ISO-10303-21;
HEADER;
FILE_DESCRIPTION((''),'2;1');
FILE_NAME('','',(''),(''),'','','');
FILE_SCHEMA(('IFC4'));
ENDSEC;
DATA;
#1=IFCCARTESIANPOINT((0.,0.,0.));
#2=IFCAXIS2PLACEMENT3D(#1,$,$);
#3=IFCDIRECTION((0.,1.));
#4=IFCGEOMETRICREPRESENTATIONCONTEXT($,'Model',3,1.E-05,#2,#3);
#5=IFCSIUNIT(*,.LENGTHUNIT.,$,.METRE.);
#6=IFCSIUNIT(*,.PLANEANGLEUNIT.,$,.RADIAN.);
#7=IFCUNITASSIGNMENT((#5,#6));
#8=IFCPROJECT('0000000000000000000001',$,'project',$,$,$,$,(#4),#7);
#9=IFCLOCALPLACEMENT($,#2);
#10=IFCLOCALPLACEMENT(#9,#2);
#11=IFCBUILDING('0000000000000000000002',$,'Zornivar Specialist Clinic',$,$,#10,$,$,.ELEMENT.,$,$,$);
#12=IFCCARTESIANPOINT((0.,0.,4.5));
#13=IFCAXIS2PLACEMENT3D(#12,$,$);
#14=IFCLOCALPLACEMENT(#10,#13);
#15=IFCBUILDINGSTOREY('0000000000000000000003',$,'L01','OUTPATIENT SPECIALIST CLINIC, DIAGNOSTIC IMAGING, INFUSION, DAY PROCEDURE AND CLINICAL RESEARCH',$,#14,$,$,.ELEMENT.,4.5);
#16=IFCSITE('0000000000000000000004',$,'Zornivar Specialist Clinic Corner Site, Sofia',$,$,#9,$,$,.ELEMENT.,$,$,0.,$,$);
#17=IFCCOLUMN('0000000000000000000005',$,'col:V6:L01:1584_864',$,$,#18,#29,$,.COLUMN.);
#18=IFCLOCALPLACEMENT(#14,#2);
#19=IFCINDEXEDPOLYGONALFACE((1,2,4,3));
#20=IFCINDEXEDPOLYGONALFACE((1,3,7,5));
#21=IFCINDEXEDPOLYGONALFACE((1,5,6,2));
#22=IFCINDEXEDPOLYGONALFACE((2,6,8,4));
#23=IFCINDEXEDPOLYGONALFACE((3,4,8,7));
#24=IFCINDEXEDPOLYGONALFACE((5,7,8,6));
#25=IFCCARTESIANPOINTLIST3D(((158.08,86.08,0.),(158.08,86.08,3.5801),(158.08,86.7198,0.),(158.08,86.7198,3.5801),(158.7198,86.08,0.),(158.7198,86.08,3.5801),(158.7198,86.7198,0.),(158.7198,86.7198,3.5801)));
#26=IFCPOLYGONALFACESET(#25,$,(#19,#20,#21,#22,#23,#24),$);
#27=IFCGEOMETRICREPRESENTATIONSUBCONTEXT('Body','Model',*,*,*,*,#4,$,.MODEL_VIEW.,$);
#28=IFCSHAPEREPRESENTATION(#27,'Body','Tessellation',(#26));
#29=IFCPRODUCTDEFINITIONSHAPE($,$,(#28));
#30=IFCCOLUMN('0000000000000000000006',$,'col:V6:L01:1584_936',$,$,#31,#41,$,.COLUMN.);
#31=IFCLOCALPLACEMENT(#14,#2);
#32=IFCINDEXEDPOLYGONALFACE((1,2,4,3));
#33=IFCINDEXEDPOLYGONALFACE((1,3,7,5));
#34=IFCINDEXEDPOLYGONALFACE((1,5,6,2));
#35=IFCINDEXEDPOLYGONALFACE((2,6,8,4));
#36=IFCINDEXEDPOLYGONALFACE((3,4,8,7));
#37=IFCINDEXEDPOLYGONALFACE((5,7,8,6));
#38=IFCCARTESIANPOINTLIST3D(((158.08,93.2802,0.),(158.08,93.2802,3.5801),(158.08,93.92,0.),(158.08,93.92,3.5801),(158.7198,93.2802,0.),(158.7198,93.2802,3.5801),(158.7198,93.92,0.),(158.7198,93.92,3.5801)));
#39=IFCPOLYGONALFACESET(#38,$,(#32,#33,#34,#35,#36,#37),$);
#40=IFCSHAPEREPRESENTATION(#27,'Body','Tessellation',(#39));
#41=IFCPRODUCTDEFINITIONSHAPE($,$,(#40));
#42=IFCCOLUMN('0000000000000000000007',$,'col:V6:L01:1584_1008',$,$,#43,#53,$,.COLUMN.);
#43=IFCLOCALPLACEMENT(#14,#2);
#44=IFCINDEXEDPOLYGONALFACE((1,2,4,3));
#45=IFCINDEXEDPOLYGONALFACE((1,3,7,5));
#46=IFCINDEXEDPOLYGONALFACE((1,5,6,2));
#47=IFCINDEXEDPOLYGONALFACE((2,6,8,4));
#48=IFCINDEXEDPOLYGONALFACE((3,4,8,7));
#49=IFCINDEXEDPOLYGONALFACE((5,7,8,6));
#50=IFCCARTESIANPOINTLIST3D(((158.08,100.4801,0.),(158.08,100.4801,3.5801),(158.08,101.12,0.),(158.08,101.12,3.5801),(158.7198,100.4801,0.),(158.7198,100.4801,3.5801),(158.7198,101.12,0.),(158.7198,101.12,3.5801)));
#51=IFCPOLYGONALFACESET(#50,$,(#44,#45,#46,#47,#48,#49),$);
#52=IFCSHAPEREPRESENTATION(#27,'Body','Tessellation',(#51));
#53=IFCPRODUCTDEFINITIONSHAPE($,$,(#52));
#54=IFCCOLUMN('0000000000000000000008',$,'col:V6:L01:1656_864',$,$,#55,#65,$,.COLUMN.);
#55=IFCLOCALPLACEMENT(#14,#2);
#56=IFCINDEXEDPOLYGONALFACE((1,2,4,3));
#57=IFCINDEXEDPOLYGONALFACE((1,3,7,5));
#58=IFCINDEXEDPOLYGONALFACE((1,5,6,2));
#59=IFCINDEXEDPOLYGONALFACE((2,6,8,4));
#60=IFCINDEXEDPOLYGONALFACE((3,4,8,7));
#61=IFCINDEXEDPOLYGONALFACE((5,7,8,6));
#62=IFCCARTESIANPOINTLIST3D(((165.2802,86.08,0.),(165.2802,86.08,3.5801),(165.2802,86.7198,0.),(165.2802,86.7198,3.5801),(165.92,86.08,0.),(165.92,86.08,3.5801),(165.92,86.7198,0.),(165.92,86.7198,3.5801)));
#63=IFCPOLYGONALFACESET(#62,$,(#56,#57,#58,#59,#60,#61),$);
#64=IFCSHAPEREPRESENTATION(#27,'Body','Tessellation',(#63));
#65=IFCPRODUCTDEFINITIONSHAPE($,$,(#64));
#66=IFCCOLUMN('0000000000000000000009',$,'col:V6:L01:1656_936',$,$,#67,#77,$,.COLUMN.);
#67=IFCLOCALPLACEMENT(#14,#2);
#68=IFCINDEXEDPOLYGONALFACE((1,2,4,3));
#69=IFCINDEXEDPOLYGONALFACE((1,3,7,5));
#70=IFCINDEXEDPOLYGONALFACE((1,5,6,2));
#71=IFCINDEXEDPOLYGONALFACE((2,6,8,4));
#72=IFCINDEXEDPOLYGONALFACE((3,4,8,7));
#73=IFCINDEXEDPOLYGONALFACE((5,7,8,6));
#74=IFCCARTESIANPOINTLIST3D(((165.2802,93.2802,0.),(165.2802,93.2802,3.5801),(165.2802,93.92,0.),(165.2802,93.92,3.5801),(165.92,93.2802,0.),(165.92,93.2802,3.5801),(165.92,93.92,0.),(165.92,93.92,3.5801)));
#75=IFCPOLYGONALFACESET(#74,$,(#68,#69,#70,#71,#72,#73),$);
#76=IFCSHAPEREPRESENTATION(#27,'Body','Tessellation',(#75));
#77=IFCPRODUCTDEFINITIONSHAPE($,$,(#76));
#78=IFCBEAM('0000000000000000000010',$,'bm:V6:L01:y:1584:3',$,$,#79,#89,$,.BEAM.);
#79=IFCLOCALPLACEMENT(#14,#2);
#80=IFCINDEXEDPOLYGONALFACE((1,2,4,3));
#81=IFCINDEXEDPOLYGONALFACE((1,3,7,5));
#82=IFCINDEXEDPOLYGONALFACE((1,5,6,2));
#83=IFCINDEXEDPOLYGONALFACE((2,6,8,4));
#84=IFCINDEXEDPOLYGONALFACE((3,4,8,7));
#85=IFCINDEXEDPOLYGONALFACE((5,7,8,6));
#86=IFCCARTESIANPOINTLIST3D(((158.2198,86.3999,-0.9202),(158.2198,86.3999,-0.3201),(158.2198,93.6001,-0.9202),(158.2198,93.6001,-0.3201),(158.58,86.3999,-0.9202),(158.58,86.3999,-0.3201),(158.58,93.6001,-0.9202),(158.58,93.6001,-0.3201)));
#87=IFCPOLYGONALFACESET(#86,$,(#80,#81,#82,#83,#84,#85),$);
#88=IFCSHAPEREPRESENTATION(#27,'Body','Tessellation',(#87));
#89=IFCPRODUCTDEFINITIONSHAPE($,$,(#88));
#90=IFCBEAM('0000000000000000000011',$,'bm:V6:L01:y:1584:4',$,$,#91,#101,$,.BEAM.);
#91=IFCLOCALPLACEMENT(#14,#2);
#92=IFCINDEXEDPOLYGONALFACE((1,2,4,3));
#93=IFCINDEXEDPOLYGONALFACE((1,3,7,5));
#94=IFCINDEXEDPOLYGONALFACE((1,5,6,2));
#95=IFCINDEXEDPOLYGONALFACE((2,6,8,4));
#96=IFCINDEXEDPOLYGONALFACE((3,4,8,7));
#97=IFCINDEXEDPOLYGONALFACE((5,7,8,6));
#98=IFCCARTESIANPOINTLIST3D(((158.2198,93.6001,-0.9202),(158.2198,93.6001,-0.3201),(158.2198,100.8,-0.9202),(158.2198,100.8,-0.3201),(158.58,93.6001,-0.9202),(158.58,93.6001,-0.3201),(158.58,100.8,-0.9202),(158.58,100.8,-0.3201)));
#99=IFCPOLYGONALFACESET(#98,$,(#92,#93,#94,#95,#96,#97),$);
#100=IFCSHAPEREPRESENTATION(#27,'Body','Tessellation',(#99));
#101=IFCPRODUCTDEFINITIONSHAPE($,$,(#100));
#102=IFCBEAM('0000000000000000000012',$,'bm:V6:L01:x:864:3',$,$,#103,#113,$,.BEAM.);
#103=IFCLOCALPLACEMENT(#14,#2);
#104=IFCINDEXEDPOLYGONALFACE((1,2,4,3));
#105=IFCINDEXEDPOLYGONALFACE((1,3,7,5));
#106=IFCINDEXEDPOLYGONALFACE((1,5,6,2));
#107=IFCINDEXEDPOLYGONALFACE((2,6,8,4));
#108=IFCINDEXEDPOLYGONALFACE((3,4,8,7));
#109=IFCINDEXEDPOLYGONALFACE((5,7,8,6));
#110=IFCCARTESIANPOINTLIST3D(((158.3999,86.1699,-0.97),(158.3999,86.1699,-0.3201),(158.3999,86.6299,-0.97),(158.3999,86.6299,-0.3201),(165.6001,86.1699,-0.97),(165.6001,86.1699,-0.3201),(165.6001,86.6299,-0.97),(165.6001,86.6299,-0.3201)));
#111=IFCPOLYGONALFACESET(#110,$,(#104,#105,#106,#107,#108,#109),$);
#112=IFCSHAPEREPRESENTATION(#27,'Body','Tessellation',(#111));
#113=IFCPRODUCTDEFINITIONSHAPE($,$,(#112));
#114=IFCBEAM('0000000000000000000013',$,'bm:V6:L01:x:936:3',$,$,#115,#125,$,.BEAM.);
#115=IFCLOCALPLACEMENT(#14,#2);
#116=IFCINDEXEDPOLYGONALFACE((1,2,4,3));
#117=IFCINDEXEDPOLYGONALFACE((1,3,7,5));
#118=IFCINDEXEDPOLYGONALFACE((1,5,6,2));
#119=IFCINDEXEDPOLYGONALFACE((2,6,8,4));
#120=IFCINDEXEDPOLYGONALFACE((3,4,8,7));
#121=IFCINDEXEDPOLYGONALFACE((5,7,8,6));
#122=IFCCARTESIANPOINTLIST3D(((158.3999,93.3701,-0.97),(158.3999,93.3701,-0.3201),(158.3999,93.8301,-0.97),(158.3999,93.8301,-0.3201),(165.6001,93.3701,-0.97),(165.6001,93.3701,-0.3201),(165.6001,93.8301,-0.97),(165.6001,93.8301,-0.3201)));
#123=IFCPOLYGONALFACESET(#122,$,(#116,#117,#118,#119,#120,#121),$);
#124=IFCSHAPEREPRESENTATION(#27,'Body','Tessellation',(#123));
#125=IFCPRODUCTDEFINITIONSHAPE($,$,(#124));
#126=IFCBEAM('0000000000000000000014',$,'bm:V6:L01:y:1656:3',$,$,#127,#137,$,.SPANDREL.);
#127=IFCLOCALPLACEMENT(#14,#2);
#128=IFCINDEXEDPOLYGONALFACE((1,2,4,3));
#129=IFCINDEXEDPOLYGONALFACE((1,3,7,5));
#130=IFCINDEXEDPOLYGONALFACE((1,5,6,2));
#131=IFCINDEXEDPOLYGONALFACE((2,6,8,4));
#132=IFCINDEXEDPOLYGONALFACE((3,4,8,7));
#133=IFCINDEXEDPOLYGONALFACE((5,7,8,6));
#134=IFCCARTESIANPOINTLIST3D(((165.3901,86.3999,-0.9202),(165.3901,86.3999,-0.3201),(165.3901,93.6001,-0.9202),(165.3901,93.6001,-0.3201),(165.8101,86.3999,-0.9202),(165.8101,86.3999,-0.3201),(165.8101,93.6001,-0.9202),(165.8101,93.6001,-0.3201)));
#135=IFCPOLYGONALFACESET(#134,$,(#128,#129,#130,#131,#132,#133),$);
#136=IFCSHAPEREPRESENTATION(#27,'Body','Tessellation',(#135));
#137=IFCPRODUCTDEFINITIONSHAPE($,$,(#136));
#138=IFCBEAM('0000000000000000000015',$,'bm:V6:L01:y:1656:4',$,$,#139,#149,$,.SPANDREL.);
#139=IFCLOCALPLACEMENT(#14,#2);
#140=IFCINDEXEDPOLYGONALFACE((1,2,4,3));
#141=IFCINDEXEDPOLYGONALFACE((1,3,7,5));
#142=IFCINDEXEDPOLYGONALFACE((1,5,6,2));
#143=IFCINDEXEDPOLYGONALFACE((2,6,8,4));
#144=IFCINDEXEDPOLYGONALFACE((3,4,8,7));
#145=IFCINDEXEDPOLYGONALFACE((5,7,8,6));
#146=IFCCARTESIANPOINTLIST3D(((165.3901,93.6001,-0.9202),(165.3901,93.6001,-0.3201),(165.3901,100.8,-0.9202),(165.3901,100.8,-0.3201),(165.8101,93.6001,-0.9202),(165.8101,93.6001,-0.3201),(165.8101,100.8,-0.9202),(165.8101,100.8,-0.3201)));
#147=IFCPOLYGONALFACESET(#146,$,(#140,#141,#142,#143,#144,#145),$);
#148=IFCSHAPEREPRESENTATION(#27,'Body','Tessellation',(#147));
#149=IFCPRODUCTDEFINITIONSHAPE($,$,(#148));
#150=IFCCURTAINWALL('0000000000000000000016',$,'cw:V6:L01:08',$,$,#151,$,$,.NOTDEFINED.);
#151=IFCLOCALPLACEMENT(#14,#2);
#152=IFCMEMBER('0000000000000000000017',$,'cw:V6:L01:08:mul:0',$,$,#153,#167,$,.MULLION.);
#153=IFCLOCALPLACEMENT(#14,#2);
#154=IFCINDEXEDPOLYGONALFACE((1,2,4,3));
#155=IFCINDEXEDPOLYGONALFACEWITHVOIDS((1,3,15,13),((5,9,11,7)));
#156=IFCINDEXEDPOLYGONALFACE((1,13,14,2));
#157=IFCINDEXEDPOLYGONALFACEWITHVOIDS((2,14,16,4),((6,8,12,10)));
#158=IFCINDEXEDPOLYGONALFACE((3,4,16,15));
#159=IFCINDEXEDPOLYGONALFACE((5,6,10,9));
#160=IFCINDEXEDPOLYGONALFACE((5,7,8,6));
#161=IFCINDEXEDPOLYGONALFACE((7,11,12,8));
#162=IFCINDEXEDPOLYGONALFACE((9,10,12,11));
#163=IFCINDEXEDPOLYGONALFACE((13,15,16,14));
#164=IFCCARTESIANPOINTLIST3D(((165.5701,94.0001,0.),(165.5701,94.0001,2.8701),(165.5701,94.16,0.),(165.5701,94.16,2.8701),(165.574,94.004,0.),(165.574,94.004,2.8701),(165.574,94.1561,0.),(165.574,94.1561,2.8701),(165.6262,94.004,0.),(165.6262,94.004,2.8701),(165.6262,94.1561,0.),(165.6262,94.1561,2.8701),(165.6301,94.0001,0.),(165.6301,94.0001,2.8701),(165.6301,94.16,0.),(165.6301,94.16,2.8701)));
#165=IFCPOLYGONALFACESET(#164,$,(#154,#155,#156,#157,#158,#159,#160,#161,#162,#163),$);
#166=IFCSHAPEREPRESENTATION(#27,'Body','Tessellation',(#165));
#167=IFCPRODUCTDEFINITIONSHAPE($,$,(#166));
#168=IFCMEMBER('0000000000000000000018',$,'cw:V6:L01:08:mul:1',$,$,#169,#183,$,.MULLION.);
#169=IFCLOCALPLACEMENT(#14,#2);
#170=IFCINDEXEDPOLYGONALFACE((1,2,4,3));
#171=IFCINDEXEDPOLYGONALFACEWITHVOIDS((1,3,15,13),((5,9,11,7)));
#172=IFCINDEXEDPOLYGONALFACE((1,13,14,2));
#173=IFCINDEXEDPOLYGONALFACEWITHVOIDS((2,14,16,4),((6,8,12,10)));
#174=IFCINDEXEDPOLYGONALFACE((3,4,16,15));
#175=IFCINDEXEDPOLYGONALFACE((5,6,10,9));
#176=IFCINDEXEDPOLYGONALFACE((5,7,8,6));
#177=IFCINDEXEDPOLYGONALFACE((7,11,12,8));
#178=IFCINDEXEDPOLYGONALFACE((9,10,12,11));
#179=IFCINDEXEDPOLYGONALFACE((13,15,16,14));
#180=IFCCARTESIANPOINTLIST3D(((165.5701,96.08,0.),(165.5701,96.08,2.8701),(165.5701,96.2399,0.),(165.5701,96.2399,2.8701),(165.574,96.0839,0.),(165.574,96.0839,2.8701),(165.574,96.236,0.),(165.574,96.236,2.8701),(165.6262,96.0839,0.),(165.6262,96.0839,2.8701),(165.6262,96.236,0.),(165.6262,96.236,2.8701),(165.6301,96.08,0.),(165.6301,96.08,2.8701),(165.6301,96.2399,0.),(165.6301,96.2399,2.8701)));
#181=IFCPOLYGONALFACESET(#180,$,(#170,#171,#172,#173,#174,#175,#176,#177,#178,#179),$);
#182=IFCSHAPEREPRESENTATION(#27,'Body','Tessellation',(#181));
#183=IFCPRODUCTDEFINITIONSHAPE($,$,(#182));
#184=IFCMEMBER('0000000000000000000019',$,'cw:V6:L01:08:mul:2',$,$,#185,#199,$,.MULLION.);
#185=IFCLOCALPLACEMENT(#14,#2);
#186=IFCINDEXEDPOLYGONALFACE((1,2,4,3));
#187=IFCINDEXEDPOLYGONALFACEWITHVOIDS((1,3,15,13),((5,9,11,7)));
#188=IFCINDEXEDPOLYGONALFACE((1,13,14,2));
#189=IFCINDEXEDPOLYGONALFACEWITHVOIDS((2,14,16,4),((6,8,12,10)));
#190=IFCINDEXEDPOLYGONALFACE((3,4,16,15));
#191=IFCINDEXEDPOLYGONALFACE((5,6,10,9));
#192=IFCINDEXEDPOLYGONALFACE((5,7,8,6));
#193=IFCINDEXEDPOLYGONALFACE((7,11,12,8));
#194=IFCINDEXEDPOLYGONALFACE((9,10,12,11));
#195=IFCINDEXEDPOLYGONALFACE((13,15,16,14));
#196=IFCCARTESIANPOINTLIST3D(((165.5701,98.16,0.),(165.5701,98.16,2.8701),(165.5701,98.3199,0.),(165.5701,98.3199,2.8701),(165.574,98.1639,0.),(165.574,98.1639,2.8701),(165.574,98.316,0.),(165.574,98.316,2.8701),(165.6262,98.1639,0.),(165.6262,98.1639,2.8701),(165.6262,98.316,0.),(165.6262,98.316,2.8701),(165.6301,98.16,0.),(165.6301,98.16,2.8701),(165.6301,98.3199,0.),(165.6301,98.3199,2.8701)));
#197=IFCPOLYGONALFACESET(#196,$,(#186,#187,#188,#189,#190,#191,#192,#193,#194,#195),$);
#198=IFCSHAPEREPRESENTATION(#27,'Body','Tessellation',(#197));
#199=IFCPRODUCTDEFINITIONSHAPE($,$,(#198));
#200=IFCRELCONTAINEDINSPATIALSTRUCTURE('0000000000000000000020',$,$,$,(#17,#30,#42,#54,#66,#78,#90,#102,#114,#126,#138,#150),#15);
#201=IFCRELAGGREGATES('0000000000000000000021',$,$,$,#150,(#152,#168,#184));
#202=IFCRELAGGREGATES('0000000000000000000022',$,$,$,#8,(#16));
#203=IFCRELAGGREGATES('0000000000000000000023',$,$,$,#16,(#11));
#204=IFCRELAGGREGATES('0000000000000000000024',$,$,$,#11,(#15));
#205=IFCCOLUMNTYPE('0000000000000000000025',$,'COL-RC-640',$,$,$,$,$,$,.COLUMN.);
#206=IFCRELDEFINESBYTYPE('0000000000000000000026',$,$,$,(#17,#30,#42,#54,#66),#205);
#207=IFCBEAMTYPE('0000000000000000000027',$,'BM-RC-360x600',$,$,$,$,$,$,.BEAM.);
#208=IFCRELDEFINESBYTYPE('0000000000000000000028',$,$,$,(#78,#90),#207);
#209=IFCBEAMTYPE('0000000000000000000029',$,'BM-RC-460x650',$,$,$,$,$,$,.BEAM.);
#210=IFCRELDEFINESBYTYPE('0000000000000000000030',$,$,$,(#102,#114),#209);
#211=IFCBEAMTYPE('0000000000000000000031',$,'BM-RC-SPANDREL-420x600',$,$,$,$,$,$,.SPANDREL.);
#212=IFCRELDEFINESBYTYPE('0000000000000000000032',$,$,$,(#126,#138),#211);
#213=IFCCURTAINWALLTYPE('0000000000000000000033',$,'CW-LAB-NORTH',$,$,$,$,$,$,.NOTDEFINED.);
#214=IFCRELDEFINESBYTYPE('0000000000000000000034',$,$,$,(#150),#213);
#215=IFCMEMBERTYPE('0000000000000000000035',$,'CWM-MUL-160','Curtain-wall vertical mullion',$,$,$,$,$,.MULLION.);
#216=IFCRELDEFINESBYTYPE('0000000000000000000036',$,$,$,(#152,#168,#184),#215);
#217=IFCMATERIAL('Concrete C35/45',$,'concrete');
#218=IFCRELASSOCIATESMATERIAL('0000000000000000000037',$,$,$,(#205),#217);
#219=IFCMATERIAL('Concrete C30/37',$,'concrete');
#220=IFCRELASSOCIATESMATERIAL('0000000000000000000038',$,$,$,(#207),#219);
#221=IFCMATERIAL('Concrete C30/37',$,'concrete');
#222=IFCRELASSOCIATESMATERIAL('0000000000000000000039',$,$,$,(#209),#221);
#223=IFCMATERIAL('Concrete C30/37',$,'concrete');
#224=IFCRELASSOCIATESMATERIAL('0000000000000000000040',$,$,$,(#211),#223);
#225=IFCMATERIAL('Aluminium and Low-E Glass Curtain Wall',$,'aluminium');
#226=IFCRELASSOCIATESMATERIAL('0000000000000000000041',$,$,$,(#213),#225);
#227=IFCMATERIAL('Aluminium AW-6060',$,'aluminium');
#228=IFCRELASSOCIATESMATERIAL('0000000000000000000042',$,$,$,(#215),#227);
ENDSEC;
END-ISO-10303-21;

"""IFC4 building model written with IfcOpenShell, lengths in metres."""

from ifc_helpers import new_model, si_unit, direction, frame, origin, origin_2d, place, context, subcontext, project, spatial, rectangle, hollow_rectangle, extrude, material, material_profile, profile_set, type_object, element, aggregate, save


model = new_model("IFC4")

# Units and contexts
model_context = context("Model", 3, precision=1e-05, world=origin(), true_north=direction((0.0, 1.0)))
body_context = subcontext(model_context, "Body", "Model", "MODEL_VIEW")
ifc_project = project(units=[si_unit("LENGTHUNIT", "METRE"), si_unit("PLANEANGLEUNIT", "RADIAN")], contexts=[model_context])

# Site, building, storey
site_placement = place(None, origin())
site = spatial("IfcSite", under=ifc_project, at=site_placement, Name="Zornivar Specialist Clinic Corner Site, Sofia", CompositionType="ELEMENT", RefElevation=0.0)
building_placement = place(site_placement, origin())
building = spatial("IfcBuilding", under=site, at=building_placement, Name="Zornivar Specialist Clinic", CompositionType="ELEMENT")
storey_placement = place(building_placement, frame((0.0, 0.0, 4.5)))
storey = spatial("IfcBuildingStorey", under=building, at=storey_placement, Name="L01", Description="OUTPATIENT SPECIALIST CLINIC, DIAGNOSTIC IMAGING, INFUSION, DAY PROCEDURE AND CLINICAL RESEARCH", CompositionType="ELEMENT", Elevation=4.5)

# Columns
ifc_material_1 = material(Name="Concrete C35/45", Category="concrete")
ifc_material_profile_1 = material_profile(ifc_material_1, rectangle(XDim=0.6399, YDim=0.6399, at=origin_2d()), Name="RC 640x640")
ifc_profile_set_1 = profile_set([ifc_material_profile_1], Name="Concrete C35/45")
column_type = type_object("IfcColumnType", Name="COL-RC-640", PredefinedType="COLUMN", material=ifc_profile_set_1)
for number, where, z_axis, x_axis, name in (
    (1, (158.3999, 86.3999, 0.0), (0.0, 0.0, 1.0), (1.0, 0.0, 0.0), "col:V6:L01:1584_864"),
    (2, (158.3999, 93.6001, 0.0), (0.0, 0.0, 1.0), (1.0, 0.0, 0.0), "col:V6:L01:1584_936"),
    (3, (158.3999, 100.8, 0.0), (0.0, 0.0, 1.0), (1.0, 0.0, 0.0), "col:V6:L01:1584_1008"),
    (4, (165.6001, 86.3999, 0.0), (0.0, 0.0, 1.0), (1.0, 0.0, 0.0), "col:V6:L01:1656_864"),
    (5, (165.6001, 93.6001, 0.0), (0.0, 0.0, 1.0), (1.0, 0.0, 0.0), "col:V6:L01:1656_936"),
):
    element("IfcColumn", number, at=place(storey_placement, frame(where, z_axis=z_axis, x_axis=x_axis)), inside=storey, type_object=column_type, Name=name, PredefinedType="COLUMN", context=body_context, shape_type="SweptSolid", body=[
        extrude(rectangle(XDim=0.6399, YDim=0.6399, at=origin_2d()), origin(), (0.0, 0.0, 1.0), 3.5801),
    ])

# Beams
ifc_material_2 = material(Name="Concrete C30/37", Category="concrete")
ifc_material_profile_2 = material_profile(ifc_material_2, rectangle(XDim=0.3601, YDim=0.6001, at=origin_2d()), Name="RC 360x600")
ifc_profile_set_2 = profile_set([ifc_material_profile_2], Name="Concrete C30/37")
beam_type_1 = type_object("IfcBeamType", Name="BM-RC-360x600", PredefinedType="BEAM", material=ifc_profile_set_2)
beam_1_placement = place(storey_placement, frame((158.3999, 86.3999, -0.6201), z_axis=(0.0, 1.0, 0.0), x_axis=(-1.0, 0.0, 0.0)))
element("IfcBeam", 6, at=beam_1_placement, inside=storey, type_object=beam_type_1, Name="bm:V6:L01:y:1584:3", PredefinedType="BEAM", context=body_context, shape_type="SweptSolid", body=[
    extrude(rectangle(XDim=0.3601, YDim=0.6001, at=origin_2d()), origin(), (0.0, 0.0, 1.0), 7.2002),
])
beam_2_placement = place(storey_placement, frame((158.3999, 93.6001, -0.6201), z_axis=(0.0, 1.0, 0.0), x_axis=(-1.0, 0.0, 0.0)))
element("IfcBeam", 7, at=beam_2_placement, inside=storey, type_object=beam_type_1, Name="bm:V6:L01:y:1584:4", PredefinedType="BEAM", context=body_context, shape_type="SweptSolid", body=[
    extrude(rectangle(XDim=0.3601, YDim=0.6001, at=origin_2d()), origin(), (0.0, 0.0, 1.0), 7.2),
])
ifc_material_3 = material(Name="Concrete C30/37", Category="concrete")
ifc_material_profile_3 = material_profile(ifc_material_3, rectangle(XDim=0.46, YDim=0.6499, at=origin_2d()), Name="RC 460x650")
ifc_profile_set_3 = profile_set([ifc_material_profile_3], Name="Concrete C30/37")
beam_type_2 = type_object("IfcBeamType", Name="BM-RC-460x650", PredefinedType="BEAM", material=ifc_profile_set_3)
for number, where, z_axis, x_axis, name in (
    (8, (158.3999, 86.3999, -0.645), (1.0, 0.0, 0.0), (0.0, 1.0, 0.0), "bm:V6:L01:x:864:3"),
    (9, (158.3999, 93.6001, -0.645), (1.0, 0.0, 0.0), (0.0, 1.0, 0.0), "bm:V6:L01:x:936:3"),
):
    element("IfcBeam", number, at=place(storey_placement, frame(where, z_axis=z_axis, x_axis=x_axis)), inside=storey, type_object=beam_type_2, Name=name, PredefinedType="BEAM", context=body_context, shape_type="SweptSolid", body=[
        extrude(rectangle(XDim=0.46, YDim=0.6499, at=origin_2d()), origin(), (0.0, 0.0, 1.0), 7.2002),
    ])
ifc_material_4 = material(Name="Concrete C30/37", Category="concrete")
ifc_material_profile_4 = material_profile(ifc_material_4, rectangle(XDim=0.4199, YDim=0.6001, at=origin_2d()), Name="RC 420x600")
ifc_profile_set_4 = profile_set([ifc_material_profile_4], Name="Concrete C30/37")
beam_type_3 = type_object("IfcBeamType", Name="BM-RC-SPANDREL-420x600", PredefinedType="SPANDREL", material=ifc_profile_set_4)
beam_3_placement = place(storey_placement, frame((165.6001, 86.3999, -0.6201), z_axis=(0.0, 1.0, 0.0), x_axis=(-1.0, 0.0, 0.0)))
element("IfcBeam", 10, at=beam_3_placement, inside=storey, type_object=beam_type_3, Name="bm:V6:L01:y:1656:3", PredefinedType="SPANDREL", context=body_context, shape_type="SweptSolid", body=[
    extrude(rectangle(XDim=0.4199, YDim=0.6001, at=origin_2d()), origin(), (0.0, 0.0, 1.0), 7.2002),
])
beam_4_placement = place(storey_placement, frame((165.6001, 93.6001, -0.6201), z_axis=(0.0, 1.0, 0.0), x_axis=(-1.0, 0.0, 0.0)))
element("IfcBeam", 11, at=beam_4_placement, inside=storey, type_object=beam_type_3, Name="bm:V6:L01:y:1656:4", PredefinedType="SPANDREL", context=body_context, shape_type="SweptSolid", body=[
    extrude(rectangle(XDim=0.4199, YDim=0.6001, at=origin_2d()), origin(), (0.0, 0.0, 1.0), 7.2),
])

# Curtain wall, members
ifc_material_5 = material(Name="Aluminium and Low-E Glass Curtain Wall", Category="aluminium")
curtain_wall_type = type_object("IfcCurtainWallType", Name="CW-LAB-NORTH", PredefinedType="NOTDEFINED", material=ifc_material_5)
curtain_wall_placement = place(storey_placement, origin())
curtain_wall = element("IfcCurtainWall", 12, at=curtain_wall_placement, inside=storey, type_object=curtain_wall_type, Name="cw:V6:L01:08", PredefinedType="NOTDEFINED")
ifc_material_6 = material(Name="Aluminium AW-6060", Category="aluminium")
ifc_material_profile_5 = material_profile(ifc_material_6, hollow_rectangle(XDim=0.0601, YDim=0.1599, WallThickness=0.0039, at=origin_2d()), Name="ALU 60x160x4")
ifc_profile_set_5 = profile_set([ifc_material_profile_5], Name="Aluminium AW-6060")
member_type_1 = type_object("IfcMemberType", Name="CWM-MUL-160", Description="Curtain-wall vertical mullion", PredefinedType="MULLION", material=ifc_profile_set_5)
member_1_placement = place(storey_placement, frame((165.6001, 94.0801, 0.0), z_axis=(0.0, 0.0, 1.0), x_axis=(1.0, 0.0, 0.0)))
member_1 = element("IfcMember", 13, at=member_1_placement, type_object=member_type_1, Name="cw:V6:L01:08:mul:0", PredefinedType="MULLION", context=body_context, shape_type="SweptSolid", body=[
    extrude(hollow_rectangle(XDim=0.0601, YDim=0.1599, WallThickness=0.0039, at=origin_2d()), origin(), (0.0, 0.0, 1.0), 2.8701),
])
member_2_placement = place(storey_placement, frame((165.6001, 96.1599, 0.0), z_axis=(0.0, 0.0, 1.0), x_axis=(1.0, 0.0, 0.0)))
member_2 = element("IfcMember", 14, at=member_2_placement, type_object=member_type_1, Name="cw:V6:L01:08:mul:1", PredefinedType="MULLION", context=body_context, shape_type="SweptSolid", body=[
    extrude(hollow_rectangle(XDim=0.0601, YDim=0.1599, WallThickness=0.0039, at=origin_2d()), origin(), (0.0, 0.0, 1.0), 2.8701),
])
member_3_placement = place(storey_placement, frame((165.6001, 98.24, 0.0), z_axis=(0.0, 0.0, 1.0), x_axis=(1.0, 0.0, 0.0)))
member_3 = element("IfcMember", 15, at=member_3_placement, type_object=member_type_1, Name="cw:V6:L01:08:mul:2", PredefinedType="MULLION", context=body_context, shape_type="SweptSolid", body=[
    extrude(hollow_rectangle(XDim=0.0601, YDim=0.1599, WallThickness=0.0039, at=origin_2d()), origin(), (0.0, 0.0, 1.0), 2.8701),
])
aggregate(curtain_wall, [member_1, member_2, member_3])

save(model, "model.ifc")
